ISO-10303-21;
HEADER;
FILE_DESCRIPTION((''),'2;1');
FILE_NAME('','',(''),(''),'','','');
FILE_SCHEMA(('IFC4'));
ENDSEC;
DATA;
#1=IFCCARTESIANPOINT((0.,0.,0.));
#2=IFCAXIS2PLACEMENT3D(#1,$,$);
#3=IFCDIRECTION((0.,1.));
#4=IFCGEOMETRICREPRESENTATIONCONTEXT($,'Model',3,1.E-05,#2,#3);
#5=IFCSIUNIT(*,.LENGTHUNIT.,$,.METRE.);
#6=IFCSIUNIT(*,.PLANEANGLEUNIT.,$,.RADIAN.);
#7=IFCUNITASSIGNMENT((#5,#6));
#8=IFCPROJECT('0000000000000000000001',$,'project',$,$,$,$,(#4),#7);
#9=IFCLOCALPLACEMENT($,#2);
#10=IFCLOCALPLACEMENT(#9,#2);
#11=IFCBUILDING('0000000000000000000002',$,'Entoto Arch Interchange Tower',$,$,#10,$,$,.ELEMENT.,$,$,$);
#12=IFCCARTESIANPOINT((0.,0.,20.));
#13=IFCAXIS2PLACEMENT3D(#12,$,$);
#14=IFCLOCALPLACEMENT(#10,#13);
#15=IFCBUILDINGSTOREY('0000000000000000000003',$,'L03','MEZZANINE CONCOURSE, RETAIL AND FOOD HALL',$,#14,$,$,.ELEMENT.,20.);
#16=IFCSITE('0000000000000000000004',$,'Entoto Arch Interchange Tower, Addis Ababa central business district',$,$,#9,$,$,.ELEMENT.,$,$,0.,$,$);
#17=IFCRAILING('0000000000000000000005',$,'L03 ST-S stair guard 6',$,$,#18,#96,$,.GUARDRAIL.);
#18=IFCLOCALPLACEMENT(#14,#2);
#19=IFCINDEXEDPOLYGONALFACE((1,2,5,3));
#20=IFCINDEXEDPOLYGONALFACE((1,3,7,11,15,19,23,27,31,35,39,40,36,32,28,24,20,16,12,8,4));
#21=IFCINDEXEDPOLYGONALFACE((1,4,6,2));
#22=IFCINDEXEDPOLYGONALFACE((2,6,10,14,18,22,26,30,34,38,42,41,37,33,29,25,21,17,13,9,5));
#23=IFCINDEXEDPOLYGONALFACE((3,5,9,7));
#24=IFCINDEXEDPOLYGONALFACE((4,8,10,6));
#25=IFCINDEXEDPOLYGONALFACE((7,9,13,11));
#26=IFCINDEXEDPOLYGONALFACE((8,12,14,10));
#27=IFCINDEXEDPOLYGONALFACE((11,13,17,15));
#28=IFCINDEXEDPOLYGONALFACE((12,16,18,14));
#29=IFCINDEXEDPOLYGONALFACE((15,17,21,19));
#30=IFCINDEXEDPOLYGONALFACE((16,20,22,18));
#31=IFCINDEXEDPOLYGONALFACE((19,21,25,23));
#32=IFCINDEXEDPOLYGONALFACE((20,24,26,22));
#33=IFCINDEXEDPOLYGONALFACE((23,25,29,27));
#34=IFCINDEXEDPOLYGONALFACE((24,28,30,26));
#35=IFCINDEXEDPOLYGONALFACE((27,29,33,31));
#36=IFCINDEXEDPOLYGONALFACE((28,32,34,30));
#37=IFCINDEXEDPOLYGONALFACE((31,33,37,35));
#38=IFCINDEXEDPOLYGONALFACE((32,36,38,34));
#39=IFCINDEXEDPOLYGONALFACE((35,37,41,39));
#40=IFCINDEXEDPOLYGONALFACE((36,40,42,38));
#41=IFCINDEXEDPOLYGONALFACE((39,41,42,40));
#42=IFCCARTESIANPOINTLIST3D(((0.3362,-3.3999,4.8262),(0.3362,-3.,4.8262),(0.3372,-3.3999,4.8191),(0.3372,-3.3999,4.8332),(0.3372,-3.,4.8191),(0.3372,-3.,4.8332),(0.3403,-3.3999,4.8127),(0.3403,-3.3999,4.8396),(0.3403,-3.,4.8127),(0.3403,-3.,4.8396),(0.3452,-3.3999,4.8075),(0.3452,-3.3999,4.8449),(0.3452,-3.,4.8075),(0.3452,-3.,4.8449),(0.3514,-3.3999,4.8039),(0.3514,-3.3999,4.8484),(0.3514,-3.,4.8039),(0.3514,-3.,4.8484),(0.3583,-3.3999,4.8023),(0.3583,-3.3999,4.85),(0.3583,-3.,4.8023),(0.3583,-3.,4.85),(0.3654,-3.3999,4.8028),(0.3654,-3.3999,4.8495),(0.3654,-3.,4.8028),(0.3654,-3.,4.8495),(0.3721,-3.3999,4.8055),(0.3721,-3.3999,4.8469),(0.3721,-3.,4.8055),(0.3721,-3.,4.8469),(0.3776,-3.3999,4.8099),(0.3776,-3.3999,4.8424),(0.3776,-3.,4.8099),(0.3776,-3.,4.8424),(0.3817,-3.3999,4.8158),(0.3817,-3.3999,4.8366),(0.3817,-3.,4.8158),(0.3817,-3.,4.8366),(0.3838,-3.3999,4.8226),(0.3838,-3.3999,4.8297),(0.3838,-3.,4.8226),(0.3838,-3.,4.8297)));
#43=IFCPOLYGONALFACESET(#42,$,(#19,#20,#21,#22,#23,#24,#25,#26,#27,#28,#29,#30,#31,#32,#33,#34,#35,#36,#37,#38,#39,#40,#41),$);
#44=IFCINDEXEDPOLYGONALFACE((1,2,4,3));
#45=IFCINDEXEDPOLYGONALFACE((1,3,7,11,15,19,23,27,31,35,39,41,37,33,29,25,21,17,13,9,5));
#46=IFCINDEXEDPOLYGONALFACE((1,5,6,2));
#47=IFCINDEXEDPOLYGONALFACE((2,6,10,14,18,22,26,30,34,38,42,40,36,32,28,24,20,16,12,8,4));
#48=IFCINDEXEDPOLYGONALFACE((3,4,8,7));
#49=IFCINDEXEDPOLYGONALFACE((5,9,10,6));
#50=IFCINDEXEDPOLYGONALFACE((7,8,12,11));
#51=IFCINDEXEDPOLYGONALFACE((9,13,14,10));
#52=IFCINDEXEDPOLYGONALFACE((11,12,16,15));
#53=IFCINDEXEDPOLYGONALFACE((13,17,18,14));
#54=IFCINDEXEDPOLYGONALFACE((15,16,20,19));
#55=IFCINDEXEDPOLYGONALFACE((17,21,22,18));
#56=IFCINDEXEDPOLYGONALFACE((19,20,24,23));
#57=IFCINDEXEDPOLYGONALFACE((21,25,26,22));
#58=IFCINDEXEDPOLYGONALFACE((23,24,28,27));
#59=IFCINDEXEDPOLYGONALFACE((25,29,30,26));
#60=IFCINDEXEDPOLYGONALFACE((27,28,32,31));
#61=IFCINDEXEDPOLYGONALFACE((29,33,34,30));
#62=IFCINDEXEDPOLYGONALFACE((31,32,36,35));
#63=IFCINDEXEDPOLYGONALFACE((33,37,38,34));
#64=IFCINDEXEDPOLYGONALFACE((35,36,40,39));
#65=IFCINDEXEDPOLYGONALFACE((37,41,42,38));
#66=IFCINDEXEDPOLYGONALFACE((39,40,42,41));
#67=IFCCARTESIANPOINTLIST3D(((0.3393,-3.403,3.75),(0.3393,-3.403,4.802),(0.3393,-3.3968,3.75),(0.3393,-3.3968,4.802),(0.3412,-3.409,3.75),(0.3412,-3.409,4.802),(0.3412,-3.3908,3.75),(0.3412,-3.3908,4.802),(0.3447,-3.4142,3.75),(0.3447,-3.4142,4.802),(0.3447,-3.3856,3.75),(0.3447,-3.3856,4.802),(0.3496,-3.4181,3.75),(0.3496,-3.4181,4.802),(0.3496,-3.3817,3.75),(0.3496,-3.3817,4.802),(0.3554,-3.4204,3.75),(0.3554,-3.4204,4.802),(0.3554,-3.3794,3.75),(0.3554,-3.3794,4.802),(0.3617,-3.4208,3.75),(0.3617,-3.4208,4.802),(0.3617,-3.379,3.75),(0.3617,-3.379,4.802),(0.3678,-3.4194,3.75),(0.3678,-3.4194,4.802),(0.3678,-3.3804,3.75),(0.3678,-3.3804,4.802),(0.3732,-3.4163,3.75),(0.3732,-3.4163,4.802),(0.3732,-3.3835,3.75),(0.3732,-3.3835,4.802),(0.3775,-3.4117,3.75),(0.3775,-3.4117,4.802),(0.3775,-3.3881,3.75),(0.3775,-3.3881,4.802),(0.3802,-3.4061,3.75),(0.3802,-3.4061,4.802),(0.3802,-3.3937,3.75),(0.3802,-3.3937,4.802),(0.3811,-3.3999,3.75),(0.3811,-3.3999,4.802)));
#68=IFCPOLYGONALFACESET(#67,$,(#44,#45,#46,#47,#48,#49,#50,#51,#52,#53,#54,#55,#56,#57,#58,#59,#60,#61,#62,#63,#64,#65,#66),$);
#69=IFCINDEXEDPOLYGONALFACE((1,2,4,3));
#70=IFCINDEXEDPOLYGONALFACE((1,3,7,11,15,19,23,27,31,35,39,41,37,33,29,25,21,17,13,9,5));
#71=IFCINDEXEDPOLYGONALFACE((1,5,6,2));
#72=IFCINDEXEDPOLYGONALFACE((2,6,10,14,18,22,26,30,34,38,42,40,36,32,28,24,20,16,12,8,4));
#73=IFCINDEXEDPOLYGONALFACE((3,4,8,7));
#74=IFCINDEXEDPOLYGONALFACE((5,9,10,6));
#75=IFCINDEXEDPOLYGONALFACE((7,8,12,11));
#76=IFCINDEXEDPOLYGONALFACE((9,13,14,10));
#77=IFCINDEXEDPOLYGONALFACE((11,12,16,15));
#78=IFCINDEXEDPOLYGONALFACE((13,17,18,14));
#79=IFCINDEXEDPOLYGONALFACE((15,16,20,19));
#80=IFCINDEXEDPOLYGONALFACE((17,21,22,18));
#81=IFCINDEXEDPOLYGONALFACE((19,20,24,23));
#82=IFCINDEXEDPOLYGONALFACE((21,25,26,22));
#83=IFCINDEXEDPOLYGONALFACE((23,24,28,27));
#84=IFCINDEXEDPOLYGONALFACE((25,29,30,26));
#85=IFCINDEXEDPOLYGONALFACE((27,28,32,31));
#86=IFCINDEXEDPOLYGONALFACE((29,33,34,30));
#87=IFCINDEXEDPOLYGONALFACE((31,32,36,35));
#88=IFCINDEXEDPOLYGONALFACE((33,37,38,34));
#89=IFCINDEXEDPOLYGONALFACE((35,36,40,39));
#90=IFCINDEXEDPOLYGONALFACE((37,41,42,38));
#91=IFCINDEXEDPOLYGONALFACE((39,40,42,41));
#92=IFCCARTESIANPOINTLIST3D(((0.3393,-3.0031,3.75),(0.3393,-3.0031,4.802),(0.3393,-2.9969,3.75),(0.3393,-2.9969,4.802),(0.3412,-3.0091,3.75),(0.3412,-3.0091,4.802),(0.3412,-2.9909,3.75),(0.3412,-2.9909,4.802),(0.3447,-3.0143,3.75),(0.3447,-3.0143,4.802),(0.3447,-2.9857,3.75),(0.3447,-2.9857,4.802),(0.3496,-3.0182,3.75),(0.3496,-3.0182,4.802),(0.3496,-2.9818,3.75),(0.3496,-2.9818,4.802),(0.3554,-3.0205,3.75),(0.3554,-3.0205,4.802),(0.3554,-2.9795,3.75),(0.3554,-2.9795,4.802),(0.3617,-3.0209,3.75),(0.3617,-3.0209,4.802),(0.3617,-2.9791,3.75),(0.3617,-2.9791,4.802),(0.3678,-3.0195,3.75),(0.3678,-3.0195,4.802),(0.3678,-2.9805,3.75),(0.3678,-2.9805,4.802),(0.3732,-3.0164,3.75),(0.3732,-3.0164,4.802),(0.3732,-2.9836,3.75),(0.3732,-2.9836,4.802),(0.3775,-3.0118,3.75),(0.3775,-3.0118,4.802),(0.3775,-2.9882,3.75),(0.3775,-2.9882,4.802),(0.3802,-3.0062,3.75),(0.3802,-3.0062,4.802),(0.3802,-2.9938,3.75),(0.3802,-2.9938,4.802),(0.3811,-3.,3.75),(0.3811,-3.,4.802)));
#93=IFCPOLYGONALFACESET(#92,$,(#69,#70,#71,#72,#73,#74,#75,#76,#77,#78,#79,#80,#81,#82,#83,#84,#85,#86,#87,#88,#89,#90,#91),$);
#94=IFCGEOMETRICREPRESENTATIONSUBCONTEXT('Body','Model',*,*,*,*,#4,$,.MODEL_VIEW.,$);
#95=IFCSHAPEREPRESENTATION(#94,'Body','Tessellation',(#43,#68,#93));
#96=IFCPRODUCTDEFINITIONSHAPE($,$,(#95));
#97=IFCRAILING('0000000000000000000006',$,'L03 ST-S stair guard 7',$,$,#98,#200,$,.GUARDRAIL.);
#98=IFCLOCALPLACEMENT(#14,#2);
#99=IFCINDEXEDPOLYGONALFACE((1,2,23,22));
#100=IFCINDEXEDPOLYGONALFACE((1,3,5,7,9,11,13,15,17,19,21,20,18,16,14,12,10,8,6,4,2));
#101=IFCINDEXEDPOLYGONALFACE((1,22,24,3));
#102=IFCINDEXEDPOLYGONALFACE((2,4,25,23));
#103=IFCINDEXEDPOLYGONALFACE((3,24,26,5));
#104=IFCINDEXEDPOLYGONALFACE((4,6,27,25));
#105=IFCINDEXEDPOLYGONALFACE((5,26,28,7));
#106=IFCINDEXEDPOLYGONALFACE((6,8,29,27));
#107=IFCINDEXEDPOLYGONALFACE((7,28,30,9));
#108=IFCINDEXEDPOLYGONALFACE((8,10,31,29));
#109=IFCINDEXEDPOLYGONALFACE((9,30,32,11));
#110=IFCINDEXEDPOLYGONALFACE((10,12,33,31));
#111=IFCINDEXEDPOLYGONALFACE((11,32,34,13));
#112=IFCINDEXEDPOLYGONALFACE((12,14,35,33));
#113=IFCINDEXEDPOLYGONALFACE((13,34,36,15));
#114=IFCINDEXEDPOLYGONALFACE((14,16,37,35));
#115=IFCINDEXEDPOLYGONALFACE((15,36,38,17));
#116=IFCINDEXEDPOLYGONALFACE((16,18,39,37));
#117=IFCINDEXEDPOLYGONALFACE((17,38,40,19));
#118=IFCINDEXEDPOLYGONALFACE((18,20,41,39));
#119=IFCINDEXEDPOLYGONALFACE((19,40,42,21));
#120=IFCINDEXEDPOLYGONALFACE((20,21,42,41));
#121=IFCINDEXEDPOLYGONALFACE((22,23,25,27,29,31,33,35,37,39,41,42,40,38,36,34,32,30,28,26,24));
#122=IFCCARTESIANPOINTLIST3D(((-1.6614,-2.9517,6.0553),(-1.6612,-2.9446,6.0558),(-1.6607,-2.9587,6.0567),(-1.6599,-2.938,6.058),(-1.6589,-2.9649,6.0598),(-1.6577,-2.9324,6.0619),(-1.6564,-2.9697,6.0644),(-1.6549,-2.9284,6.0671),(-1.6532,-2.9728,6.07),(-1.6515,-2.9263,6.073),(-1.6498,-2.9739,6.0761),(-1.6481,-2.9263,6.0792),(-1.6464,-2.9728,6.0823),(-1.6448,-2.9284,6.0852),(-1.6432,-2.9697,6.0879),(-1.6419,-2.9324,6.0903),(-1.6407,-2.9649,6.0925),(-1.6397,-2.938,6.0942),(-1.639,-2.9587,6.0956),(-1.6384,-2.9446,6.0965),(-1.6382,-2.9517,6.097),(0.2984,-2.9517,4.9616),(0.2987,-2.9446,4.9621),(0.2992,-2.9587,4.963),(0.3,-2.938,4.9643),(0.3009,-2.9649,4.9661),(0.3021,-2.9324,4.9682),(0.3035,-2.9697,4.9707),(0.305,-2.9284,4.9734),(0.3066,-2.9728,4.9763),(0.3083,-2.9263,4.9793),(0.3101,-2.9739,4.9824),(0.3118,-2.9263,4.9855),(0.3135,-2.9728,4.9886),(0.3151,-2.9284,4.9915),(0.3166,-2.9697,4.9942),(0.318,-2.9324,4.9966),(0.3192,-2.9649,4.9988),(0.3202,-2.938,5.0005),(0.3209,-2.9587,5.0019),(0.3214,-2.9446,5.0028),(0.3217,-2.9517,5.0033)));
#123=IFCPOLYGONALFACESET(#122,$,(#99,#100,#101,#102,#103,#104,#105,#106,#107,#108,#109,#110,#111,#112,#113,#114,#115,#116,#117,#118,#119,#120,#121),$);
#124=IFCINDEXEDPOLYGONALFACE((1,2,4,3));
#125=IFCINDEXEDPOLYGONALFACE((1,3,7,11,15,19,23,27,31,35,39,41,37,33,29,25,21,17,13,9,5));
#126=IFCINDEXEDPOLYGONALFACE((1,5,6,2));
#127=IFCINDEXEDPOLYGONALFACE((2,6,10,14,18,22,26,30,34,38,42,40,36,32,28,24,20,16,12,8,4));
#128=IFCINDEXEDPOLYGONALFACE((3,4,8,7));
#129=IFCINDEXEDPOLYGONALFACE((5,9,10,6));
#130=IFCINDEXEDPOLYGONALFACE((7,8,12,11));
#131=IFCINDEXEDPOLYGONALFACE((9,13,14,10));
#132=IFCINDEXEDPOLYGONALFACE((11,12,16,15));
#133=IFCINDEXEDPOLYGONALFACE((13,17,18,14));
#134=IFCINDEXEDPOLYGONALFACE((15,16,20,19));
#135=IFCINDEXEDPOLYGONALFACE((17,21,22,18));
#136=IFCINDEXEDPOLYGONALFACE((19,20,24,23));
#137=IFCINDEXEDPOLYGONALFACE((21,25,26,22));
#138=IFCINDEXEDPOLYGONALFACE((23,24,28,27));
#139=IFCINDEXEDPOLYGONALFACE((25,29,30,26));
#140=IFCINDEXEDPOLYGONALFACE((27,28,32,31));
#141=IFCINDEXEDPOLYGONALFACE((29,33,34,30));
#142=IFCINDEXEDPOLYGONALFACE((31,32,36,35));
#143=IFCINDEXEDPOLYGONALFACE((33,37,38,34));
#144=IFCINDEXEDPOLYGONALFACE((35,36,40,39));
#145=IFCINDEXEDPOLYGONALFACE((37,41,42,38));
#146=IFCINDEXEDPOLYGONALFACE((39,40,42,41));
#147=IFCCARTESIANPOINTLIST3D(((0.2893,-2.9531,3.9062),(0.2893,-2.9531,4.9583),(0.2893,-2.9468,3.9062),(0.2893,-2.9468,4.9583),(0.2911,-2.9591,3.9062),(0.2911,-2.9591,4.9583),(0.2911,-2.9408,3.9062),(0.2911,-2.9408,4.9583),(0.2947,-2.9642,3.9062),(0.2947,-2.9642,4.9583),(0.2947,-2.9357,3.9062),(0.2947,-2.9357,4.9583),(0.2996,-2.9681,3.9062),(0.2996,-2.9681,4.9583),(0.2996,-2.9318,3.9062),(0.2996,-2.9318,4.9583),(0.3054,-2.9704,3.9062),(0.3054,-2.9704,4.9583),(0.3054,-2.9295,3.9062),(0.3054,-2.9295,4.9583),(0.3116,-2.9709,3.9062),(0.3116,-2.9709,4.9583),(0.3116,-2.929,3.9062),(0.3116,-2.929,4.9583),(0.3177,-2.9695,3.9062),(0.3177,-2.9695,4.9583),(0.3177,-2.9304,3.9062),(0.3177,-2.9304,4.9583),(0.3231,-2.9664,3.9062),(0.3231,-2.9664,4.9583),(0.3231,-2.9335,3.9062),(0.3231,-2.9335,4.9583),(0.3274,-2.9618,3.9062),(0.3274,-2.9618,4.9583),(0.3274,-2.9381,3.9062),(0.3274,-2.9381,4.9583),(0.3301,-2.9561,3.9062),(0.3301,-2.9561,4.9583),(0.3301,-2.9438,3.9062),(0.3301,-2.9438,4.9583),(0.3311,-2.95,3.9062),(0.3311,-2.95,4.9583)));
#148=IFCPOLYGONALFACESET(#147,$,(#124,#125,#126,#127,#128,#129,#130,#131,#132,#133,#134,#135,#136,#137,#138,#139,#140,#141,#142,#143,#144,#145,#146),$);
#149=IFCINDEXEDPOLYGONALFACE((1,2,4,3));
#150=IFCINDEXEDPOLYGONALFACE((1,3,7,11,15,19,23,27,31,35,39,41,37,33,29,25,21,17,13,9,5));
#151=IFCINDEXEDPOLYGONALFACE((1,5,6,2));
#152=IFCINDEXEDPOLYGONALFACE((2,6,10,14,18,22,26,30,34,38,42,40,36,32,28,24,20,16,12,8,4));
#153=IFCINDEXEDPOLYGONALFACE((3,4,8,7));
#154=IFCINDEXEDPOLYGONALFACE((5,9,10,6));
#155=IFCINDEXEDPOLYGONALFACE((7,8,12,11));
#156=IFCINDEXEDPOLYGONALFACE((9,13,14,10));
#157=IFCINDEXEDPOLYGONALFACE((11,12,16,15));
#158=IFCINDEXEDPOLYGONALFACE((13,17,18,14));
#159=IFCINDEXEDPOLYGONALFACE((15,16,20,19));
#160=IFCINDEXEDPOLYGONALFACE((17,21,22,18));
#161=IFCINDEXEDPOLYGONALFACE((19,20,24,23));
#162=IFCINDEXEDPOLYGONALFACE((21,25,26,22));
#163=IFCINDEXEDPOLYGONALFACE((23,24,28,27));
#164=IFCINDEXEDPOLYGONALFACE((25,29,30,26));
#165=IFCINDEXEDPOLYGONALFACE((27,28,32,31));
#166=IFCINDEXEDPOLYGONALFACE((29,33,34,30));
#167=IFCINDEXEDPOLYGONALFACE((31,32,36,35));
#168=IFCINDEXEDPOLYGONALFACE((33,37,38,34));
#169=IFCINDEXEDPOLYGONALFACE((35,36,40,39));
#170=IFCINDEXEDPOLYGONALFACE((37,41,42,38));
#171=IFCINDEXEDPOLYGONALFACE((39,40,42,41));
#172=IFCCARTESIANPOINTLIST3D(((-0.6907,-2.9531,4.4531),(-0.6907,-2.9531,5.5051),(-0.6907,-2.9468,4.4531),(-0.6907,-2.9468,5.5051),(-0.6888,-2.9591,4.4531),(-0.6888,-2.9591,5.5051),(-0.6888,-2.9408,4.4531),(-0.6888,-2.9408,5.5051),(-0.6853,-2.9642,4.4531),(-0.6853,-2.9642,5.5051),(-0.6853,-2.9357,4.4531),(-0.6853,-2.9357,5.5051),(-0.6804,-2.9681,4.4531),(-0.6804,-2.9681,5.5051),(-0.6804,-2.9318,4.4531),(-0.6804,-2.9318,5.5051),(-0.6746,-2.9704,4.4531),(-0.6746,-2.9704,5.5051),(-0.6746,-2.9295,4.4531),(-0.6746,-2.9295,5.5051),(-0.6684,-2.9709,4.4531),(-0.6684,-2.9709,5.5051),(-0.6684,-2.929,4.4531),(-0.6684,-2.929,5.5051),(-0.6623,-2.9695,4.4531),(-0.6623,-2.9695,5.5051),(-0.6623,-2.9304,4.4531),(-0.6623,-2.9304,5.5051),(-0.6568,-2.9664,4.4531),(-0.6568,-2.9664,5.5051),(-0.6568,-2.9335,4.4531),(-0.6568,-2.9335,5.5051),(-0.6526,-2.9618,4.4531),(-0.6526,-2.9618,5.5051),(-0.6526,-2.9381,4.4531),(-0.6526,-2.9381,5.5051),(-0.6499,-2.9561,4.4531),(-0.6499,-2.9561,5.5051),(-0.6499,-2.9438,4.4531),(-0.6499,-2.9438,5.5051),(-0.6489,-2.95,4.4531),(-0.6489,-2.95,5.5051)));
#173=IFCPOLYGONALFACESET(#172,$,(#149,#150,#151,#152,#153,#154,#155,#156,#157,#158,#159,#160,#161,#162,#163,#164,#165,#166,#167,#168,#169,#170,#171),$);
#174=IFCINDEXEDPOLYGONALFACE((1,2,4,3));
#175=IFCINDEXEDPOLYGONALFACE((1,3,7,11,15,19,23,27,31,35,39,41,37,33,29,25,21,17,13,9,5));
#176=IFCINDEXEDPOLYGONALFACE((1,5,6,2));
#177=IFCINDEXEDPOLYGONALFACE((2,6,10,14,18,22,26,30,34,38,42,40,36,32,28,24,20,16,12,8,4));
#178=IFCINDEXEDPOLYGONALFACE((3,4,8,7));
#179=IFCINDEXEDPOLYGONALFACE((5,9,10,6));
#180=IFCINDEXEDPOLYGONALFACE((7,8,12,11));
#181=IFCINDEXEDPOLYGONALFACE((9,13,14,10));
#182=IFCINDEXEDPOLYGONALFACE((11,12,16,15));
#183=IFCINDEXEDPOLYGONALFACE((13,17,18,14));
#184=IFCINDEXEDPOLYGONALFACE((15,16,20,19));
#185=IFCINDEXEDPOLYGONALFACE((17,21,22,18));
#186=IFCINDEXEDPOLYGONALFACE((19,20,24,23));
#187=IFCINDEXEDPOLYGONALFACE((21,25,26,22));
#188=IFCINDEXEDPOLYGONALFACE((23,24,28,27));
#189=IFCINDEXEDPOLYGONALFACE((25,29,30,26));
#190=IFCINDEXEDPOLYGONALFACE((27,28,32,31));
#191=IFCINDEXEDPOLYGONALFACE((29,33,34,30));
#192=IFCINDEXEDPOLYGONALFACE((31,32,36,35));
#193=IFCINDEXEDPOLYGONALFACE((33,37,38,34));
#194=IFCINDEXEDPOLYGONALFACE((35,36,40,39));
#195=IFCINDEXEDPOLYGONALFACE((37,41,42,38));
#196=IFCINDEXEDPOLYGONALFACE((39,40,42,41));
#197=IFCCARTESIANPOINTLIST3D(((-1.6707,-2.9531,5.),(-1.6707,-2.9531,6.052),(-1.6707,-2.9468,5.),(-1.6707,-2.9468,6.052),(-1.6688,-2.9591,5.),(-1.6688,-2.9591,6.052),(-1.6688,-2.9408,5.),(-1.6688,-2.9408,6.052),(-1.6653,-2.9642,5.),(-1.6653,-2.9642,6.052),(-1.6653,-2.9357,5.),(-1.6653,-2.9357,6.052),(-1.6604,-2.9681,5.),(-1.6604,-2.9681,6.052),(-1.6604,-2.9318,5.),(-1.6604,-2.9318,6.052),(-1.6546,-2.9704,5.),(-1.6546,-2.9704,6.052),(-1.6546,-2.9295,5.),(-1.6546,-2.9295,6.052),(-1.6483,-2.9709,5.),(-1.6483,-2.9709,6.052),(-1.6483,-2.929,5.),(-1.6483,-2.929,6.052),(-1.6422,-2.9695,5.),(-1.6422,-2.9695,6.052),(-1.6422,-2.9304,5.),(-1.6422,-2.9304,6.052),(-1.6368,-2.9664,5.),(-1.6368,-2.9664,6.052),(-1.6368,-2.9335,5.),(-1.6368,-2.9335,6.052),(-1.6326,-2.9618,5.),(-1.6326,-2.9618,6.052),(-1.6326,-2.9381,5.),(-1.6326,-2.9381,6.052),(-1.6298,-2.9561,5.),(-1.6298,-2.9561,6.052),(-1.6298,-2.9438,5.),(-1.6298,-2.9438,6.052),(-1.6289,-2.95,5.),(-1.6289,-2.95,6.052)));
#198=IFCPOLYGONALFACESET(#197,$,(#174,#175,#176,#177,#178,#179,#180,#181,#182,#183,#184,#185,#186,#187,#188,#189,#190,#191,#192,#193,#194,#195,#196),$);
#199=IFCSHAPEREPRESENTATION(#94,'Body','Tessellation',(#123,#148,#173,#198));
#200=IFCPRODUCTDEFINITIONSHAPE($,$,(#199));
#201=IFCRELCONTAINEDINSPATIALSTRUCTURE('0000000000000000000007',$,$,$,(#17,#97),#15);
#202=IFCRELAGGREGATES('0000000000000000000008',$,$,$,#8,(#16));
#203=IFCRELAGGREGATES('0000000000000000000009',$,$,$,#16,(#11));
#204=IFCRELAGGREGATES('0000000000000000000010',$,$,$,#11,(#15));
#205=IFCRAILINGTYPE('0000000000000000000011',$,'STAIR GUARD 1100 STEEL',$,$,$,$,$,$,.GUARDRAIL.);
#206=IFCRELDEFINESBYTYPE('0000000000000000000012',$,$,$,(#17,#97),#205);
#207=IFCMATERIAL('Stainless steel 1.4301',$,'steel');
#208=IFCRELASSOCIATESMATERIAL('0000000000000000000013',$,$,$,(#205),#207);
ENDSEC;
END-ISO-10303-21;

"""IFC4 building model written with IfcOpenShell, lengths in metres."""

from ifc_helpers import new_model, si_unit, direction, frame, origin, origin_2d, place, context, subcontext, project, spatial, circle, extrude, material, type_object, element, save


model = new_model("IFC4")

# Units and contexts
model_context = context("Model", 3, precision=1e-05, world=origin(), true_north=direction((0.0, 1.0)))
body_context = subcontext(model_context, "Body", "Model", "MODEL_VIEW")
ifc_project = project(units=[si_unit("LENGTHUNIT", "METRE"), si_unit("PLANEANGLEUNIT", "RADIAN")], contexts=[model_context])

# Site, building, storey
site_placement = place(None, origin())
site = spatial("IfcSite", under=ifc_project, at=site_placement, Name="Entoto Arch Interchange Tower, Addis Ababa central business district", CompositionType="ELEMENT", RefElevation=0.0)
building_placement = place(site_placement, origin())
building = spatial("IfcBuilding", under=site, at=building_placement, Name="Entoto Arch Interchange Tower", CompositionType="ELEMENT")
storey_placement = place(building_placement, frame((0.0, 0.0, 20.0)))
storey = spatial("IfcBuildingStorey", under=building, at=storey_placement, Name="L03", Description="MEZZANINE CONCOURSE, RETAIL AND FOOD HALL", CompositionType="ELEMENT", Elevation=20.0)

# Railings
ifc_material_1 = material(Name="Stainless steel 1.4301", Category="steel")
railing_type = type_object("IfcRailingType", Name="STAIR GUARD 1100 STEEL", PredefinedType="GUARDRAIL", material=ifc_material_1)
railing_1_placement = place(storey_placement, frame((0.3601, -3.3999, 3.75)))
element("IfcRailing", 1, at=railing_1_placement, inside=storey, type_object=railing_type, Name="L03 ST-S stair guard 6", PredefinedType="GUARDRAIL", context=body_context, shape_type="SweptSolid", body=[
    extrude(circle(Radius=0.0239, at=origin_2d()), frame((0.0, 0.0, 1.0762), z_axis=(0.0, 1.0, 0.0), x_axis=(-1.0, 0.0, 0.0)), (0.0, 0.0, 1.0), 0.3999),
    extrude(circle(Radius=0.021, at=origin_2d()), origin(), (0.0, 0.0, 1.0), 1.052),
    extrude(circle(Radius=0.021, at=origin_2d()), frame((0.0, 0.3999, 0.0)), (0.0, 0.0, 1.0), 1.052),
])
railing_2_placement = place(storey_placement, frame((0.3101, -2.95, 3.9062)))
element("IfcRailing", 2, at=railing_2_placement, inside=storey, type_object=railing_type, Name="L03 ST-S stair guard 7", PredefinedType="GUARDRAIL", context=body_context, shape_type="SweptSolid", body=[
    extrude(circle(Radius=0.0239, at=origin_2d()), frame((0.0, 0.0, 1.0762), z_axis=(-0.873232, 0.0, 0.487304), x_axis=(0.0, -1.0, 0.0)), (0.0, 0.0, 1.0), 2.2444),
    extrude(circle(Radius=0.021, at=origin_2d()), origin(), (0.0, 0.0, 1.0), 1.052),
    extrude(circle(Radius=0.021, at=origin_2d()), frame((-0.98, 0.0, 0.5469)), (0.0, 0.0, 1.0), 1.052),
    extrude(circle(Radius=0.021, at=origin_2d()), frame((-1.96, 0.0, 1.0938)), (0.0, 0.0, 1.0), 1.052),
])

save(model, "model.ifc")
